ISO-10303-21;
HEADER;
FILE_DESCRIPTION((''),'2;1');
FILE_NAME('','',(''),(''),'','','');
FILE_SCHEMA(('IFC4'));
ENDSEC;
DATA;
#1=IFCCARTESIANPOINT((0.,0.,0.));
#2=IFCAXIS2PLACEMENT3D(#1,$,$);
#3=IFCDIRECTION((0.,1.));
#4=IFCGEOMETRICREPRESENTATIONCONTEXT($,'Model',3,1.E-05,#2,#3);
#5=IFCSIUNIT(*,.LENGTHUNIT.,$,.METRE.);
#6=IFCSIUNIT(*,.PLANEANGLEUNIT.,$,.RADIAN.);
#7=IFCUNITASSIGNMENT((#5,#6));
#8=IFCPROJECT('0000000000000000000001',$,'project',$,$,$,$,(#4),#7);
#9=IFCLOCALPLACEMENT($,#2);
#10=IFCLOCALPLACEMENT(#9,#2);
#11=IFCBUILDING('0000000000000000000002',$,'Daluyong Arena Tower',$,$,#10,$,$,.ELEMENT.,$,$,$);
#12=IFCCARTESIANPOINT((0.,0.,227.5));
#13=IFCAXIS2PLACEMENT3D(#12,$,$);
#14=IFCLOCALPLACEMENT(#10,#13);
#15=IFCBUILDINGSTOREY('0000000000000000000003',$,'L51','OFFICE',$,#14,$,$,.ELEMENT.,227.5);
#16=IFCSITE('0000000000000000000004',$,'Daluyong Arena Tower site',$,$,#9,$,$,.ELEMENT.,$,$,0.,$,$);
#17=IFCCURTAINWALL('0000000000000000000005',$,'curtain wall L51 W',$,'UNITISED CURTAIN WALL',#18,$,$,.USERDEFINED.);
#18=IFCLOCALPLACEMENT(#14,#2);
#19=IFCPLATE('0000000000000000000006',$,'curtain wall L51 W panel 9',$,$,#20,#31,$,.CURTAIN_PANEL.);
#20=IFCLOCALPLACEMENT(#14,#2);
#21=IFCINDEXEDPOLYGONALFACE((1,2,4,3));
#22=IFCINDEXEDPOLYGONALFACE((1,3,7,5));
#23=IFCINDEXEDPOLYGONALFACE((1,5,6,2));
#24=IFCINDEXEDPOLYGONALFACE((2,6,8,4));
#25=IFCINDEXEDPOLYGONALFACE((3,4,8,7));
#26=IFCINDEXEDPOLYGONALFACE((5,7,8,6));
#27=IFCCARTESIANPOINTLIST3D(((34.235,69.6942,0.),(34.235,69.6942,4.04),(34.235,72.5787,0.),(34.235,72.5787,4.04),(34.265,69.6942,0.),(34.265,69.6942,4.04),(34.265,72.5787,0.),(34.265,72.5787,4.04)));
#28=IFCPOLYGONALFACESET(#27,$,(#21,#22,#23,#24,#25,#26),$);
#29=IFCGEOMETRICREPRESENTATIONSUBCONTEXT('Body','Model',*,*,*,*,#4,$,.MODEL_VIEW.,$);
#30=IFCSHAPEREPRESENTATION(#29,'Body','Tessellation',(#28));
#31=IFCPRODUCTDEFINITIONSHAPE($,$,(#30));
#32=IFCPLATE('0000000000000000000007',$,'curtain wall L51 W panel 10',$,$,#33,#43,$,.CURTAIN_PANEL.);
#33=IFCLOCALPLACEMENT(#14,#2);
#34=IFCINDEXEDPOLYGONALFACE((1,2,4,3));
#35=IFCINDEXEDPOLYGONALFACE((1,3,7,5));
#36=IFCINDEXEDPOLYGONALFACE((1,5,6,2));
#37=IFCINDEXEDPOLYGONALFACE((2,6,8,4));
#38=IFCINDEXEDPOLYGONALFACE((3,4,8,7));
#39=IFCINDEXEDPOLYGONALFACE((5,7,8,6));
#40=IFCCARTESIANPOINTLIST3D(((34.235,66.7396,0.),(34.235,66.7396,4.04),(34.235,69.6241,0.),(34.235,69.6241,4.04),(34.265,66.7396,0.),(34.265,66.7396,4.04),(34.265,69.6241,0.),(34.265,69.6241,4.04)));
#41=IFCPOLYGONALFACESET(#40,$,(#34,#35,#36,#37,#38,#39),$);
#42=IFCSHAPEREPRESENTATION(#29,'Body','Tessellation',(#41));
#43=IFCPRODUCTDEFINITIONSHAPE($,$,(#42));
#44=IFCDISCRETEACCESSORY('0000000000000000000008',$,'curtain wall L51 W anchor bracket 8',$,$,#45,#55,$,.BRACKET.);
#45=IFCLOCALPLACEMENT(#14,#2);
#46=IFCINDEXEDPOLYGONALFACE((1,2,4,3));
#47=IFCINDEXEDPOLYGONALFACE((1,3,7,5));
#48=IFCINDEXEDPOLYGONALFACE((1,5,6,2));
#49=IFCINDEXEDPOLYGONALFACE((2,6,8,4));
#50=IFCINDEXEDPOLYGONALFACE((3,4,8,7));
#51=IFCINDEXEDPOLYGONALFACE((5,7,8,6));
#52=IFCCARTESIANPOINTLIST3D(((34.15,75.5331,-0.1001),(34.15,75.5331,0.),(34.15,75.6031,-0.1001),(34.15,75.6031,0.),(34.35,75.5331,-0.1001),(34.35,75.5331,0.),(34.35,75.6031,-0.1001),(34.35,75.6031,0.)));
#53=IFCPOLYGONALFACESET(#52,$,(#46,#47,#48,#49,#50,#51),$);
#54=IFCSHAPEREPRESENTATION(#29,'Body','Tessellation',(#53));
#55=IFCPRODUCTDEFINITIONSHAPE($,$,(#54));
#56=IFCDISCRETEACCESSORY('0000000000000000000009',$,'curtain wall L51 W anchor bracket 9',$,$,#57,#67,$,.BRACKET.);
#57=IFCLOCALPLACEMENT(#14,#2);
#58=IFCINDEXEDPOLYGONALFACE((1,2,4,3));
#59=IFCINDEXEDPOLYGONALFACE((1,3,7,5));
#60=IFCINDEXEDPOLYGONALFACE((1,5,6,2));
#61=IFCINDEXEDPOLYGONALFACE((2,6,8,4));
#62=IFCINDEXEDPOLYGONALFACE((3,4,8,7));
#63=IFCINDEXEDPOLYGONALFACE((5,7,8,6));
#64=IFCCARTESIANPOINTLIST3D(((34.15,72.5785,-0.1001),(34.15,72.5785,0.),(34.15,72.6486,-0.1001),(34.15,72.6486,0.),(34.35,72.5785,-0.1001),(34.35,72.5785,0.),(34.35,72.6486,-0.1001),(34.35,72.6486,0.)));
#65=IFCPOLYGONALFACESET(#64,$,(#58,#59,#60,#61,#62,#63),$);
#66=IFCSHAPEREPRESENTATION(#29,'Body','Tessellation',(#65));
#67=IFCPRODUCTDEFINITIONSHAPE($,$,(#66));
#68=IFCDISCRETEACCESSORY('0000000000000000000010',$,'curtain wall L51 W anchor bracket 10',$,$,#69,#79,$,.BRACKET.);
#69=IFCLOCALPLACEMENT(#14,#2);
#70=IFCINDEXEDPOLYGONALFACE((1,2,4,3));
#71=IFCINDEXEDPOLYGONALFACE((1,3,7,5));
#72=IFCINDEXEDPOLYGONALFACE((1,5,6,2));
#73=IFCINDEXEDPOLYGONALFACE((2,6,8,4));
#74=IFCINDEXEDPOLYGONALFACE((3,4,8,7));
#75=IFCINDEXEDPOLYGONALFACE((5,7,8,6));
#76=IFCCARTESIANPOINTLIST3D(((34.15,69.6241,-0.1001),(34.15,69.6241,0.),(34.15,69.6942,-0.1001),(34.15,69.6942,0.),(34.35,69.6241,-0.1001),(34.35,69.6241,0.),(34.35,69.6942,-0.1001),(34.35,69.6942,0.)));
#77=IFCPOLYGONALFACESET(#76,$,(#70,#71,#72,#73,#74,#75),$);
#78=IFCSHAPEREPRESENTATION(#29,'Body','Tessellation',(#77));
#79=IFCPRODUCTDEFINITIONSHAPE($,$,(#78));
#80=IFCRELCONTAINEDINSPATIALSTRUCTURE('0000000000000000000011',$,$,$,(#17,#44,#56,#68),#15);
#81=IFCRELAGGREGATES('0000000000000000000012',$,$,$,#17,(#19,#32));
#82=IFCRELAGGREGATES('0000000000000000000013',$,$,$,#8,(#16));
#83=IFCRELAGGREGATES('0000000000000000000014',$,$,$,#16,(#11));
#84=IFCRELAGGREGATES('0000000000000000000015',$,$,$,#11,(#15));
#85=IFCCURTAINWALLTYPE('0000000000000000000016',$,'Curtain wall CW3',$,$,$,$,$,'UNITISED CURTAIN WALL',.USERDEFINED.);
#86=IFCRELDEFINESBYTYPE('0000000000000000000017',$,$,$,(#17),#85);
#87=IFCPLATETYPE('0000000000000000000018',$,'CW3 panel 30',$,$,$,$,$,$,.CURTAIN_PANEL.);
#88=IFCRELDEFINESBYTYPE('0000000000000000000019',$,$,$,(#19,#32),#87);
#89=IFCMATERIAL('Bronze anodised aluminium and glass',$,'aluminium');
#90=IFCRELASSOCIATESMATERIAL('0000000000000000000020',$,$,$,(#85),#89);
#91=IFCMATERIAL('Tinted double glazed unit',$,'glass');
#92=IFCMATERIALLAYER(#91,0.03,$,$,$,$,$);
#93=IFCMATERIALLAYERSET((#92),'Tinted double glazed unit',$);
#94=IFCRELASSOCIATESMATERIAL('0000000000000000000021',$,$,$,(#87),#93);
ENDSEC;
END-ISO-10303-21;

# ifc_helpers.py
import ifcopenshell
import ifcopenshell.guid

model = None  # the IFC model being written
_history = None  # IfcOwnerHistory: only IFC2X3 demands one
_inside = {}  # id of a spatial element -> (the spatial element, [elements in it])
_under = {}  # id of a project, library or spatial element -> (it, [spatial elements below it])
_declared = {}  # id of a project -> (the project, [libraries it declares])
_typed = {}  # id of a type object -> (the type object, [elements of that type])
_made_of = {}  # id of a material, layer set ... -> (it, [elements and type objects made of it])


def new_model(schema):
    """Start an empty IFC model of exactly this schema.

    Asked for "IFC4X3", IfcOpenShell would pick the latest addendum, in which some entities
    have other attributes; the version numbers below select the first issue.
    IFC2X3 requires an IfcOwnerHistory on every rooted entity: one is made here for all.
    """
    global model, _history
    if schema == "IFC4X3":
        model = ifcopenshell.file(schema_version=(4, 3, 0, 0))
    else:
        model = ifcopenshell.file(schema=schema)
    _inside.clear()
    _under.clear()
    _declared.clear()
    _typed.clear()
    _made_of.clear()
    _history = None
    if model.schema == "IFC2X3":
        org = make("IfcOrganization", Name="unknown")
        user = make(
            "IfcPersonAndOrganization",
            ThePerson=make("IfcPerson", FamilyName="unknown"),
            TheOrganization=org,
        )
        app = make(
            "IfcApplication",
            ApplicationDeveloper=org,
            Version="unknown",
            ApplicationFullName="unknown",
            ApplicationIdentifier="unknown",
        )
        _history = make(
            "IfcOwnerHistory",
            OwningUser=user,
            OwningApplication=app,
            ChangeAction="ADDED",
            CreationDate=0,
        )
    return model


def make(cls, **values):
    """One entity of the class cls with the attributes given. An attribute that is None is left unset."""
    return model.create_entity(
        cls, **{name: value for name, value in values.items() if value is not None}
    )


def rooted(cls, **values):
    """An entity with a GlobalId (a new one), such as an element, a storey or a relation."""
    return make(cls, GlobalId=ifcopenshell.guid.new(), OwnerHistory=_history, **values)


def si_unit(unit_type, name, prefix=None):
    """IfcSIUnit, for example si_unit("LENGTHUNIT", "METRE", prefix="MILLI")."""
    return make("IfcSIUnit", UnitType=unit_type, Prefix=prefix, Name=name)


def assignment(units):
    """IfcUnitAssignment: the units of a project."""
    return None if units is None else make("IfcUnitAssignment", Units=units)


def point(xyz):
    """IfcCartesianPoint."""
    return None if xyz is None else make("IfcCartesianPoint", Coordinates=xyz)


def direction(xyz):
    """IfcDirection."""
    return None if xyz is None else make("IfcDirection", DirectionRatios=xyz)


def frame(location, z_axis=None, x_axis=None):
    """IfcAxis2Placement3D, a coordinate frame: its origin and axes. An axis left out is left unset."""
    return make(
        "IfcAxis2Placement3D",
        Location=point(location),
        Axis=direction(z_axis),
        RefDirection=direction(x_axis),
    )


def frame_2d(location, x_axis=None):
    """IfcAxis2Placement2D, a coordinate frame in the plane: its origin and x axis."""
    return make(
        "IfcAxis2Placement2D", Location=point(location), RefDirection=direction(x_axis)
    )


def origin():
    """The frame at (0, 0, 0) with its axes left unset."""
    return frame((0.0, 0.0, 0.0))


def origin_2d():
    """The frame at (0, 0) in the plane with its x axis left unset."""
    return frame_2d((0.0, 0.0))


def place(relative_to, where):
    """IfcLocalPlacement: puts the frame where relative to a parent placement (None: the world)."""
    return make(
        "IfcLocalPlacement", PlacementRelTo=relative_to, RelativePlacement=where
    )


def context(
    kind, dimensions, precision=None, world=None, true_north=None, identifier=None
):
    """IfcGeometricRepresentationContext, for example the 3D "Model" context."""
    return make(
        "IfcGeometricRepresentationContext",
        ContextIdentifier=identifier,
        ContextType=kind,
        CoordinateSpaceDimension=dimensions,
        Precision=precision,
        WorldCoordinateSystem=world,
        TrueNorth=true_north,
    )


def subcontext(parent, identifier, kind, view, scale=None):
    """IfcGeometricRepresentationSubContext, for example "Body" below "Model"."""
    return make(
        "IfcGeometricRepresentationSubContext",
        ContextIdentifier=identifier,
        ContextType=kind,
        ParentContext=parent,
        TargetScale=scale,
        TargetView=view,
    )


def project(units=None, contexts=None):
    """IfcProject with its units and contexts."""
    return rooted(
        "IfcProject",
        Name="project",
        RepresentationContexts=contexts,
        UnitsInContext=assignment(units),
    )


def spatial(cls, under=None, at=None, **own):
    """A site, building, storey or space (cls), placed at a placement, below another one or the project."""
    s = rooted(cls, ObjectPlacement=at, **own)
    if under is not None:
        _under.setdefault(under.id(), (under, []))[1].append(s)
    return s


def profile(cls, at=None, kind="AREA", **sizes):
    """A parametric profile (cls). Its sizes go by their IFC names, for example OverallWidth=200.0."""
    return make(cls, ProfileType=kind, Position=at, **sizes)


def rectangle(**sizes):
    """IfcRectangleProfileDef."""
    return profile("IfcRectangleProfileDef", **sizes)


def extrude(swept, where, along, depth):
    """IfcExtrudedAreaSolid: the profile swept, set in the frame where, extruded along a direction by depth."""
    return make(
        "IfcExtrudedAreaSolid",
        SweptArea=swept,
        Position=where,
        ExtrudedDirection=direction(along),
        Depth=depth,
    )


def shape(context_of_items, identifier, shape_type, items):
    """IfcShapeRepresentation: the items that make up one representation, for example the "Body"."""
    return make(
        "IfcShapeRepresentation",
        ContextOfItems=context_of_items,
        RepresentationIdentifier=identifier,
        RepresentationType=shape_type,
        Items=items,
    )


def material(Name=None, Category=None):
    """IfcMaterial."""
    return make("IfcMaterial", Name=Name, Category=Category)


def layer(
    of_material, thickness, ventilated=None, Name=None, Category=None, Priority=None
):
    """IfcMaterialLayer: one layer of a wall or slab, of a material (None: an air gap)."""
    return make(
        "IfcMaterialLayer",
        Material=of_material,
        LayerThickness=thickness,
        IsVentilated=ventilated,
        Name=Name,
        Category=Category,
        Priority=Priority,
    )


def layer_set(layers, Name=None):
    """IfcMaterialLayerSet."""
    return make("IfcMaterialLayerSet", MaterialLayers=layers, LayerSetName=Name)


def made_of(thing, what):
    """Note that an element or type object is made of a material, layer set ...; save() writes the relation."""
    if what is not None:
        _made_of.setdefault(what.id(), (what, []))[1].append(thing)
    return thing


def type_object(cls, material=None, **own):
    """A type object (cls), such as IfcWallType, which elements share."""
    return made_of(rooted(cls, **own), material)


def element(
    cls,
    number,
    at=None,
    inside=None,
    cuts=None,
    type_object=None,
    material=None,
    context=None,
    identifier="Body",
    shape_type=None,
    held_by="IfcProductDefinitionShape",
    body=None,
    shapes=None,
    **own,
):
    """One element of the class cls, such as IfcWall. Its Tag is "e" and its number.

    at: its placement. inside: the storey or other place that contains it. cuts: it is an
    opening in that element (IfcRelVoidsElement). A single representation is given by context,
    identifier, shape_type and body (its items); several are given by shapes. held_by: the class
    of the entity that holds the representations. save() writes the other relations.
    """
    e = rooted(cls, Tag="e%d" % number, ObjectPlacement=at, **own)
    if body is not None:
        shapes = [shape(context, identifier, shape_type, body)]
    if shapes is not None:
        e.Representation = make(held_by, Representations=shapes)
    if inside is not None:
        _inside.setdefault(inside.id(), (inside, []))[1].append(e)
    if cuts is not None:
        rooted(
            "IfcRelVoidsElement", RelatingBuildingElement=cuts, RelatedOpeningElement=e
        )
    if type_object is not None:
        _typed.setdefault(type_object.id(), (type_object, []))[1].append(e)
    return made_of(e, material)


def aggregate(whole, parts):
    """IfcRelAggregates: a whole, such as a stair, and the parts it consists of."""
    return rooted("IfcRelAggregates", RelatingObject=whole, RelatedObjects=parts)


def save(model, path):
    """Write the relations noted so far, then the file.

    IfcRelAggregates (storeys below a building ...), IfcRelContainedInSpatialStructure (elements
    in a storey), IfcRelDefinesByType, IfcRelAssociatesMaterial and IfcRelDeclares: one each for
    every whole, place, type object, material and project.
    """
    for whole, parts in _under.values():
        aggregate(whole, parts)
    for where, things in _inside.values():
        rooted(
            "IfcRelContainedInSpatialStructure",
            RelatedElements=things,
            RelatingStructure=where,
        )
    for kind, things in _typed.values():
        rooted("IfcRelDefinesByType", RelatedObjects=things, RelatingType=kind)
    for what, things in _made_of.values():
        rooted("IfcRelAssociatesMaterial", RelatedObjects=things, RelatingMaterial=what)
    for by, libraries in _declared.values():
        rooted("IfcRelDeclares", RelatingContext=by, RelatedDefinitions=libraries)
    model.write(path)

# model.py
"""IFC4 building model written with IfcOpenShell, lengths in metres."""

from ifc_helpers import new_model, si_unit, direction, frame, origin, origin_2d, place, context, subcontext, project, spatial, rectangle, extrude, material, layer, layer_set, type_object, element, aggregate, save


model = new_model("IFC4")

# Units and contexts
model_context = context("Model", 3, precision=1e-05, world=origin(), true_north=direction((0.0, 1.0)))
body_context = subcontext(model_context, "Body", "Model", "MODEL_VIEW")
ifc_project = project(units=[si_unit("LENGTHUNIT", "METRE"), si_unit("PLANEANGLEUNIT", "RADIAN")], contexts=[model_context])

# Site, building, storey
site_placement = place(None, origin())
site = spatial("IfcSite", under=ifc_project, at=site_placement, Name="Daluyong Arena Tower site", CompositionType="ELEMENT", RefElevation=0.0)
building_placement = place(site_placement, origin())
building = spatial("IfcBuilding", under=site, at=building_placement, Name="Daluyong Arena Tower", CompositionType="ELEMENT")
storey_placement = place(building_placement, frame((0.0, 0.0, 227.5)))
storey = spatial("IfcBuildingStorey", under=building, at=storey_placement, Name="L51", Description="OFFICE", CompositionType="ELEMENT", Elevation=227.5)

# Curtain wall
ifc_material_1 = material(Name="Bronze anodised aluminium and glass", Category="aluminium")
curtain_wall_type = type_object("IfcCurtainWallType", Name="Curtain wall CW3", ElementType="UNITISED CURTAIN WALL", PredefinedType="USERDEFINED", material=ifc_material_1)
curtain_wall_placement = place(storey_placement, origin())
curtain_wall = element("IfcCurtainWall", 1, at=curtain_wall_placement, inside=storey, type_object=curtain_wall_type, Name="curtain wall L51 W", ObjectType="UNITISED CURTAIN WALL", PredefinedType="USERDEFINED")

# Plates
ifc_material_2 = material(Name="Tinted double glazed unit", Category="glass")
ifc_layer = layer(ifc_material_2, 0.03)
ifc_layer_set = layer_set([ifc_layer], Name="Tinted double glazed unit")
plate_type = type_object("IfcPlateType", Name="CW3 panel 30", PredefinedType="CURTAIN_PANEL", material=ifc_layer_set)
plate_1_placement = place(storey_placement, frame((34.25, 71.1365, 0.0), z_axis=(0.0, 0.0, 1.0), x_axis=(0.0, -1.0, 0.0)))
plate_1 = element("IfcPlate", 2, at=plate_1_placement, type_object=plate_type, Name="curtain wall L51 W panel 9", PredefinedType="CURTAIN_PANEL", context=body_context, shape_type="SweptSolid", body=[
    extrude(rectangle(XDim=2.8845, YDim=0.03, at=origin_2d()), origin(), (0.0, 0.0, 1.0), 4.04),
])
plate_2_placement = place(storey_placement, frame((34.25, 68.1819, 0.0), z_axis=(0.0, 0.0, 1.0), x_axis=(0.0, -1.0, 0.0)))
plate_2 = element("IfcPlate", 3, at=plate_2_placement, type_object=plate_type, Name="curtain wall L51 W panel 10", PredefinedType="CURTAIN_PANEL", context=body_context, shape_type="SweptSolid", body=[
    extrude(rectangle(XDim=2.8845, YDim=0.03, at=origin_2d()), origin(), (0.0, 0.0, 1.0), 4.04),
])
aggregate(curtain_wall, [plate_1, plate_2])

# Discrete accessories
for number, where, z_axis, x_axis, name in (
    (4, (34.25, 75.5681, -0.1001), (0.0, 0.0, 1.0), (0.0, -1.0, 0.0), "curtain wall L51 W anchor bracket 8"),
    (5, (34.25, 72.6135, -0.1001), (0.0, 0.0, 1.0), (0.0, -1.0, 0.0), "curtain wall L51 W anchor bracket 9"),
    (6, (34.25, 69.6592, -0.1001), (0.0, 0.0, 1.0), (0.0, -1.0, 0.0), "curtain wall L51 W anchor bracket 10"),
):
    element("IfcDiscreteAccessory", number, at=place(storey_placement, frame(where, z_axis=z_axis, x_axis=x_axis)), inside=storey, Name=name, PredefinedType="BRACKET", context=body_context, shape_type="SweptSolid", body=[
        extrude(rectangle(XDim=0.0701, YDim=0.2, at=origin_2d()), origin(), (0.0, 0.0, 1.0), 0.1001),
    ])

save(model, "model.ifc")
